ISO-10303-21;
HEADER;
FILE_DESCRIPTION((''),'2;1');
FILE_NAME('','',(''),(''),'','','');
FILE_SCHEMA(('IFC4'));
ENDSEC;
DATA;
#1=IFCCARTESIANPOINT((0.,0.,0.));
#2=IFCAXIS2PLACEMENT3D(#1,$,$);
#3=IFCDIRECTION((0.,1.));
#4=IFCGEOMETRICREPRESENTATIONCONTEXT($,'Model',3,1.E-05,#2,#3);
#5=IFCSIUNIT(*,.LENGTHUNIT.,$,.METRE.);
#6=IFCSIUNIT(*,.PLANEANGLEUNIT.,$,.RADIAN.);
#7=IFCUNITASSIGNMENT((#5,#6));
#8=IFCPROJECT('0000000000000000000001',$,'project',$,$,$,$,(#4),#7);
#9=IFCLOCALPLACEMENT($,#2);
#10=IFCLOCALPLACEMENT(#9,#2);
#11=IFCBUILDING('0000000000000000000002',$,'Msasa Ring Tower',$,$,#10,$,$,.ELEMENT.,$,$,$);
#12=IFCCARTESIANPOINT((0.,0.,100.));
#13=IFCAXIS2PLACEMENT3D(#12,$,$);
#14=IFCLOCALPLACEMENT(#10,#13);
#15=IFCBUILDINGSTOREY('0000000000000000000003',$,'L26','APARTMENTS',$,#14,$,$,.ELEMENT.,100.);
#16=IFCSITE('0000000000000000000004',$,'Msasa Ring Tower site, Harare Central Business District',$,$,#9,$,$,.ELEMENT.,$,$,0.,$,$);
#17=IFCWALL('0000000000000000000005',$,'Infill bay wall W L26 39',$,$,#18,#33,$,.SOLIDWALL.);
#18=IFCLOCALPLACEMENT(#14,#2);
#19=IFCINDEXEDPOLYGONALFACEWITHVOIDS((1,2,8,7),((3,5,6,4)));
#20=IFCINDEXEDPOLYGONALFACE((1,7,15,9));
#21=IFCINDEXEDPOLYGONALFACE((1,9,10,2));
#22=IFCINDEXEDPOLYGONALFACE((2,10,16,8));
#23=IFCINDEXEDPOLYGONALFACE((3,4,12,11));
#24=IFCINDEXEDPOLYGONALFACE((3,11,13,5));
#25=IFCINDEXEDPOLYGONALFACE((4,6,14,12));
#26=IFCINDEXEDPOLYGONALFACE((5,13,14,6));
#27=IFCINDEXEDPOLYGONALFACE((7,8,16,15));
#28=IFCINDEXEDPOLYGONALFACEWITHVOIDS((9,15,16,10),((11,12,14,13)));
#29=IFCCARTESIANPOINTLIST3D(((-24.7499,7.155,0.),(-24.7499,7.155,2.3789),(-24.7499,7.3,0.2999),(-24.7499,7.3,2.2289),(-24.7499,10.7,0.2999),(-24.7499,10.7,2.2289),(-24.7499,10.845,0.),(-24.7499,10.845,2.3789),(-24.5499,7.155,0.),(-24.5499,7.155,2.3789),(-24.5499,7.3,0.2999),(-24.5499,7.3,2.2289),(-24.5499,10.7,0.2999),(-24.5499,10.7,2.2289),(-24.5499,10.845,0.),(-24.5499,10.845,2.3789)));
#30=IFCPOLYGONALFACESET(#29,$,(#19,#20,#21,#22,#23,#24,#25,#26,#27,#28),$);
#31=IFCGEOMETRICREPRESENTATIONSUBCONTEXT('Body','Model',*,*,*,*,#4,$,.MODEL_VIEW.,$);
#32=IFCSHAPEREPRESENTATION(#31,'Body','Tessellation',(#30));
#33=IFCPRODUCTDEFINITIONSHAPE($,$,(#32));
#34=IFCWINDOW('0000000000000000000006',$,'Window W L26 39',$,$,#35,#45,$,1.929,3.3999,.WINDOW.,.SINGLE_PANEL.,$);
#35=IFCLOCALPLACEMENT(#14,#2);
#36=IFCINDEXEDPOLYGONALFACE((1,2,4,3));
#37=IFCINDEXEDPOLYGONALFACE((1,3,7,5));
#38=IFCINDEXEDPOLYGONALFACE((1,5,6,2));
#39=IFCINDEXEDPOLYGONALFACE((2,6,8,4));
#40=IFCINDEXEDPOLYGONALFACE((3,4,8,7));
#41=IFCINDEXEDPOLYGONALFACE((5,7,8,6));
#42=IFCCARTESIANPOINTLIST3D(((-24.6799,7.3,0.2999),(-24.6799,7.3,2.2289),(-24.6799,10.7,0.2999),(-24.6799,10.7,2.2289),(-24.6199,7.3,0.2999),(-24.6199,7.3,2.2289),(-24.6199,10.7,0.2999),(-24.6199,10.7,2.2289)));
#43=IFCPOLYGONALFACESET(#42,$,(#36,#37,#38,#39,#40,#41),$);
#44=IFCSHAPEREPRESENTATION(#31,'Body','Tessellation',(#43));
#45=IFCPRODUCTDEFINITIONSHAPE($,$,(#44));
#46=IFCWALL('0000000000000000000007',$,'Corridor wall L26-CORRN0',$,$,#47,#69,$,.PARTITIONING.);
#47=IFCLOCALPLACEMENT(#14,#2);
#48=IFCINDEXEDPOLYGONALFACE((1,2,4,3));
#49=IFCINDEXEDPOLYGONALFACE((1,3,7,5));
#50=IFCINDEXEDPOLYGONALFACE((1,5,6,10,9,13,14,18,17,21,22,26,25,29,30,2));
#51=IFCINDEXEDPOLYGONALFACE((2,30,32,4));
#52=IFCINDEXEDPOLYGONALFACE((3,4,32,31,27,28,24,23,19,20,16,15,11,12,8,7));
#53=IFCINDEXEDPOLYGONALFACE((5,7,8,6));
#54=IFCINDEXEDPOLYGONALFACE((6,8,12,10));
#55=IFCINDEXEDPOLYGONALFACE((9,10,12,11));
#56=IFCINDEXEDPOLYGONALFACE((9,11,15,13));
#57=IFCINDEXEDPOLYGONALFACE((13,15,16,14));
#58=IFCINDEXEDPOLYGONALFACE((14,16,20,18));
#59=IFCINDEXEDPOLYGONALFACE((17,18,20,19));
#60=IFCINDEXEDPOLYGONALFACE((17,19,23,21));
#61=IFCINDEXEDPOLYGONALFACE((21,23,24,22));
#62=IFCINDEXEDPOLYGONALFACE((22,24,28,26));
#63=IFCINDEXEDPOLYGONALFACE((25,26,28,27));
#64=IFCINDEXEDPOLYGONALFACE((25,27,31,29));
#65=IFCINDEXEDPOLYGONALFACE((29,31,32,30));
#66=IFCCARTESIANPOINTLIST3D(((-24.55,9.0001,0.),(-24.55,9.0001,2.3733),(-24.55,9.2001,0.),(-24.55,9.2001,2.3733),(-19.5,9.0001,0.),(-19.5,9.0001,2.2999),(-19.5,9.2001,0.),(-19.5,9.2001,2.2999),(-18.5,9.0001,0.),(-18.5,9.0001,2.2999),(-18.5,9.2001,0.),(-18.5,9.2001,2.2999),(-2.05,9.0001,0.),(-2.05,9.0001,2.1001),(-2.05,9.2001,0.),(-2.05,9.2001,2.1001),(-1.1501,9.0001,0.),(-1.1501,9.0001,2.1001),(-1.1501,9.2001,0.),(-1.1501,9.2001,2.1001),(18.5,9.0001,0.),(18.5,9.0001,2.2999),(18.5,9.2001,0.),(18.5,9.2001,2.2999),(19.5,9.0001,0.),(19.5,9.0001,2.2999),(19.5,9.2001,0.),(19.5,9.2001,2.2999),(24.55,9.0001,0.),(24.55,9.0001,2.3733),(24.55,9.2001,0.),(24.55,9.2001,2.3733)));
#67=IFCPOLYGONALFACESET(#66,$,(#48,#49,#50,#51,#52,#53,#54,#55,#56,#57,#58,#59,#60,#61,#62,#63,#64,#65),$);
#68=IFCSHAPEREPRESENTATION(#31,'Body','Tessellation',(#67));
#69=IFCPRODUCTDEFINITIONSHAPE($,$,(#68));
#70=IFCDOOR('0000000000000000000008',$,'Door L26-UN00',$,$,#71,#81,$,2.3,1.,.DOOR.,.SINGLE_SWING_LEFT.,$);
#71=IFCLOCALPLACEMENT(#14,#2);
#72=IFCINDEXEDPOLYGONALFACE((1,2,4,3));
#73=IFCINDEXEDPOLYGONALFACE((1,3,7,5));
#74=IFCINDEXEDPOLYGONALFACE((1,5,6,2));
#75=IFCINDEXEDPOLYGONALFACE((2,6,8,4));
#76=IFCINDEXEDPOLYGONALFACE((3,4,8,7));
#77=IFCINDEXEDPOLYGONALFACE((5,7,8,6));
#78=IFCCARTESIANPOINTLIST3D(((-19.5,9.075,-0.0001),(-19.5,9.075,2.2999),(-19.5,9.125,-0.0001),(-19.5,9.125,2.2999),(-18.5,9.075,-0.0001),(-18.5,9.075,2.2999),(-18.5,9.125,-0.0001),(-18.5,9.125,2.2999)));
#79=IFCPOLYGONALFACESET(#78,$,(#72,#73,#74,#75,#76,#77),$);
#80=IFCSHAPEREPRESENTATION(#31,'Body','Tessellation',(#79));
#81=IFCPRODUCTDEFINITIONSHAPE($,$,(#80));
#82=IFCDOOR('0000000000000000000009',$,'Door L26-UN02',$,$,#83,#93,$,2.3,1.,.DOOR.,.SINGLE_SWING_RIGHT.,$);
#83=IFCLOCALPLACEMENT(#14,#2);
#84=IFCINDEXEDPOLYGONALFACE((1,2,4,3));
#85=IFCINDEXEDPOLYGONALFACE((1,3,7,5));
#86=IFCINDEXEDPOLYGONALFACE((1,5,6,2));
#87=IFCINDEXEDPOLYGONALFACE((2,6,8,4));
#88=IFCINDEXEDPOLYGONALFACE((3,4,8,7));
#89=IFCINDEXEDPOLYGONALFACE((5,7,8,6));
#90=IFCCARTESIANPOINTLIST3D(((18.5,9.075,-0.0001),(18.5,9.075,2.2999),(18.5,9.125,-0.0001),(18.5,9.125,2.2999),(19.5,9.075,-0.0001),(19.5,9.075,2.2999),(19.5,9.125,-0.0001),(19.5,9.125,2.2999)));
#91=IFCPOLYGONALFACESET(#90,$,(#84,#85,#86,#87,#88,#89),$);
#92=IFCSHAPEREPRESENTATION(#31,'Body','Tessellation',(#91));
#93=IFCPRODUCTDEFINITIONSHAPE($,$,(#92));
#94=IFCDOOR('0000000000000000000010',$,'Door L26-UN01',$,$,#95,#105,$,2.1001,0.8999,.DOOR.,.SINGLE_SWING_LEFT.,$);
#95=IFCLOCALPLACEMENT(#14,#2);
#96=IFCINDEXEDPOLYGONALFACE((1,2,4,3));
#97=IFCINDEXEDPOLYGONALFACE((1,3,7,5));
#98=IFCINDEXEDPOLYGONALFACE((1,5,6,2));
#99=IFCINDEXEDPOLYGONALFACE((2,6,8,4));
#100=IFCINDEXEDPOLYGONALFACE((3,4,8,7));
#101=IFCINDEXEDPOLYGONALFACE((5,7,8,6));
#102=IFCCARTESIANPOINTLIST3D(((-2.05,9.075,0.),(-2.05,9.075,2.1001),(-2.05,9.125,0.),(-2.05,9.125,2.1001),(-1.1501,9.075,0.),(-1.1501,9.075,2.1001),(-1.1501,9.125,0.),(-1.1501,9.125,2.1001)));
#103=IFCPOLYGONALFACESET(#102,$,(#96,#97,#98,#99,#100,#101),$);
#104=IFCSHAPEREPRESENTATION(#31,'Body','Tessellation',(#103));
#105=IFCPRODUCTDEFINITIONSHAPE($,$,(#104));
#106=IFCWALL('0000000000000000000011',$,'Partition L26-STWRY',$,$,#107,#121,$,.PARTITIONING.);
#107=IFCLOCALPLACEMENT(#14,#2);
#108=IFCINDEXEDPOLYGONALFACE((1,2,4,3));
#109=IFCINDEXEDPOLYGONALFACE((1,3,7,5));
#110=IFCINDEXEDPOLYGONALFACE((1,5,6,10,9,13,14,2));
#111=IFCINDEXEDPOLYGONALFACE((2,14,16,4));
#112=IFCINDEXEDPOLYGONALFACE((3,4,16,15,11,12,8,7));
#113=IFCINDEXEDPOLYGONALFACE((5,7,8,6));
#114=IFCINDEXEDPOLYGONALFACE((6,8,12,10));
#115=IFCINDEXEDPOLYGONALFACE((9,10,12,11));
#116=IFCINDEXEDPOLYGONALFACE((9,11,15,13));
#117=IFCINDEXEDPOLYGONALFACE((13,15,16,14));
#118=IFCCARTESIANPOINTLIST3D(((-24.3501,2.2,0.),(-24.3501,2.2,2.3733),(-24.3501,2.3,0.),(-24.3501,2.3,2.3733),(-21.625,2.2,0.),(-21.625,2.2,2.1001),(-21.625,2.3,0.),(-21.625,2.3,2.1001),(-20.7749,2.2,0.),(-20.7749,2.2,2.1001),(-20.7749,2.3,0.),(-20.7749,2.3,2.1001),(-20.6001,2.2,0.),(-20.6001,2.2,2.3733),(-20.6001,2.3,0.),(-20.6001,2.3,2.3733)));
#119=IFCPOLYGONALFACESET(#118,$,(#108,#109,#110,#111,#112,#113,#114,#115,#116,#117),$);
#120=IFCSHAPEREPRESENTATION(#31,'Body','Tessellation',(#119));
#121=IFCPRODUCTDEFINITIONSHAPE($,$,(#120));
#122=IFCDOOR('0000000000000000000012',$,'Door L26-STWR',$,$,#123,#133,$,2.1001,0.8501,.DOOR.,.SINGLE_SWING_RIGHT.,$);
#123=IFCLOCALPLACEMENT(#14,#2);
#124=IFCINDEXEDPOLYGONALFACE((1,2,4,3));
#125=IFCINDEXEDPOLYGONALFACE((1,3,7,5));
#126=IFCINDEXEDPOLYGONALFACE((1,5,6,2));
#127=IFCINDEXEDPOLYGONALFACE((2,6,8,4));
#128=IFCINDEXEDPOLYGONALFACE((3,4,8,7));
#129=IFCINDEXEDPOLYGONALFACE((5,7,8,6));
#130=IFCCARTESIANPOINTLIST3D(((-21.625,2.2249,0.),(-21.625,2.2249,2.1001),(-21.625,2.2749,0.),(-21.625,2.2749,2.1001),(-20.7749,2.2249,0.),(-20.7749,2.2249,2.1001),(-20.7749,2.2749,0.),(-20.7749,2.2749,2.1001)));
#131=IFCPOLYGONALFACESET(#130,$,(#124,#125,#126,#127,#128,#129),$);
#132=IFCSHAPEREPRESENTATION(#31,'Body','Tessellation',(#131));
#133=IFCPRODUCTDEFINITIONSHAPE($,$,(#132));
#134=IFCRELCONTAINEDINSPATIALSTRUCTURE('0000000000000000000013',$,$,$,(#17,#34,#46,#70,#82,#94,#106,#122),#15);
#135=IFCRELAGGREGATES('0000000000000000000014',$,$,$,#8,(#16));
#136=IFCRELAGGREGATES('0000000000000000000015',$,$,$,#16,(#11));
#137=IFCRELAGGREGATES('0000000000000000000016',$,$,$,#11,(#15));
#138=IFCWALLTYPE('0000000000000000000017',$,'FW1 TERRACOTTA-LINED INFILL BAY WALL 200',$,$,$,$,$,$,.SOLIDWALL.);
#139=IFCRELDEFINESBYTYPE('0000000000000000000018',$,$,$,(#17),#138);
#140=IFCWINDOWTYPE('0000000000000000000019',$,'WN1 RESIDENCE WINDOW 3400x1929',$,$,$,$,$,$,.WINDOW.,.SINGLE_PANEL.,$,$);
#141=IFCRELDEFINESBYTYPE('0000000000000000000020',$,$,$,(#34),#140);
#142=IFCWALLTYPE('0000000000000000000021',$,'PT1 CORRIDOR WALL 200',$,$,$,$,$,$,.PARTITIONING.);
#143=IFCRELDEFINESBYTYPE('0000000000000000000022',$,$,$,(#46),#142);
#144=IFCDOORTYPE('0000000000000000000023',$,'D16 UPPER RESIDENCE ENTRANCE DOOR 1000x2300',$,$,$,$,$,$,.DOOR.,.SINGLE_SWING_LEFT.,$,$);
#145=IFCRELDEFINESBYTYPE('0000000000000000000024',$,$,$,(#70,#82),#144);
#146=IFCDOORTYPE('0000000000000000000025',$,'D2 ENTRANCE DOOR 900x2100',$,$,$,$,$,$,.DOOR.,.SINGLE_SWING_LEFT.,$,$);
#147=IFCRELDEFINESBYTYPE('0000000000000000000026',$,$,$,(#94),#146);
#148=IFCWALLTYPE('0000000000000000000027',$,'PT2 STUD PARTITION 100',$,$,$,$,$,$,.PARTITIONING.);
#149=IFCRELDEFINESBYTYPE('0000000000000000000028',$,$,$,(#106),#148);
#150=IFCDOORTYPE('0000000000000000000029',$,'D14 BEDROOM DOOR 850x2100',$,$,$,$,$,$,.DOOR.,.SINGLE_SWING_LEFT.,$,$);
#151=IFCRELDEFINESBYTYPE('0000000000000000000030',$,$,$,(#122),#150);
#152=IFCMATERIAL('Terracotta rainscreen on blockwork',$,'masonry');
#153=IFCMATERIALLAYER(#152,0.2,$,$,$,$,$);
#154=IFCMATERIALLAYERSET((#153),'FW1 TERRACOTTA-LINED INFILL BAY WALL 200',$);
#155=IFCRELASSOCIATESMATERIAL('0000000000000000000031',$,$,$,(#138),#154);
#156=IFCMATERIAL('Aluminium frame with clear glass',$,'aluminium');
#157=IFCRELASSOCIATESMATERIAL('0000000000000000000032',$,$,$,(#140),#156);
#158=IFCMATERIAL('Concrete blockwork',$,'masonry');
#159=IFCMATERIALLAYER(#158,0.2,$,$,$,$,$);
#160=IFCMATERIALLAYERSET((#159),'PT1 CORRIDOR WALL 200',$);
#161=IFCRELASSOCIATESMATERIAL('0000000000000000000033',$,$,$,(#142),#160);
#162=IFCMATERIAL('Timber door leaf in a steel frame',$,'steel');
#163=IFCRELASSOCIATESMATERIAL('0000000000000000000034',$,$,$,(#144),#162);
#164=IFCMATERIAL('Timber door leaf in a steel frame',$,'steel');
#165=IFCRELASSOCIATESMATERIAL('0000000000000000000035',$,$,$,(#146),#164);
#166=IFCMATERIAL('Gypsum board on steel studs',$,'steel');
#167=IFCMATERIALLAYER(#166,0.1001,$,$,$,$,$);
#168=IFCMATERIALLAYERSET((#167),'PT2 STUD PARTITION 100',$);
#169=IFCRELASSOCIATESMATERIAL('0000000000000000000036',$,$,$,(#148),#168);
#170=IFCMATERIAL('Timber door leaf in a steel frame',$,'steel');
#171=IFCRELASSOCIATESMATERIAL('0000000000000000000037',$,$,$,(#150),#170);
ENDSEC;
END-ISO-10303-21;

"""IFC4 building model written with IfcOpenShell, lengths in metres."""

from ifc_helpers import new_model, si_unit, direction, frame, frame_2d, origin, place, context, subcontext, project, spatial, rectangle, extrude, material, layer, layer_set, type_object, element, fill, save


model = new_model("IFC4")

# Units and contexts
model_context = context("Model", 3, precision=1e-05, world=origin(), true_north=direction((0.0, 1.0)))
body_context = subcontext(model_context, "Body", "Model", "MODEL_VIEW")
ifc_project = project(units=[si_unit("LENGTHUNIT", "METRE"), si_unit("PLANEANGLEUNIT", "RADIAN")], contexts=[model_context])

# Site, building, storey
site_placement = place(None, origin())
site = spatial("IfcSite", under=ifc_project, at=site_placement, Name="Msasa Ring Tower site, Harare Central Business District", CompositionType="ELEMENT", RefElevation=0.0)
building_placement = place(site_placement, origin())
building = spatial("IfcBuilding", under=site, at=building_placement, Name="Msasa Ring Tower", CompositionType="ELEMENT")
storey_placement = place(building_placement, frame((0.0, 0.0, 100.0)))
storey = spatial("IfcBuildingStorey", under=building, at=storey_placement, Name="L26", Description="APARTMENTS", CompositionType="ELEMENT", Elevation=100.0)

# Wall, opening, window
ifc_material_1 = material(Name="Terracotta rainscreen on blockwork", Category="masonry")
ifc_layer_1 = layer(ifc_material_1, 0.2)
ifc_layer_set_1 = layer_set([ifc_layer_1], Name="FW1 TERRACOTTA-LINED INFILL BAY WALL 200")
wall_type_1 = type_object("IfcWallType", Name="FW1 TERRACOTTA-LINED INFILL BAY WALL 200", PredefinedType="SOLIDWALL", material=ifc_layer_set_1)
ifc_material_2 = material(Name="Aluminium frame with clear glass", Category="aluminium")
window_type = type_object("IfcWindowType", Name="WN1 RESIDENCE WINDOW 3400x1929", PartitioningType="SINGLE_PANEL", PredefinedType="WINDOW", material=ifc_material_2)
wall_1_placement = place(storey_placement, frame((-24.6499, 7.155, 0.0), z_axis=(0.0, 0.0, 1.0), x_axis=(0.0, 1.0, 0.0)))
wall_1 = element("IfcWall", 1, at=wall_1_placement, inside=storey, type_object=wall_type_1, Name="Infill bay wall W L26 39", PredefinedType="SOLIDWALL", context=body_context, shape_type="SweptSolid", body=[
    extrude(rectangle(XDim=3.6899, YDim=0.2, at=frame_2d((1.845, 0.0))), origin(), (0.0, 0.0, 1.0), 2.3789),
])
opening_1_placement = place(wall_1_placement, frame((0.145, 0.0, 0.3)))
opening_1 = element("IfcOpeningElement", 2, at=opening_1_placement, cuts=wall_1, PredefinedType="OPENING", context=body_context, shape_type="SweptSolid", body=[
    extrude(rectangle(XDim=3.3999, YDim=1.929, at=frame_2d((1.7, 0.9644))), frame((0.0, 0.1099, 0.0), z_axis=(0.0, -1.0, 0.0), x_axis=(1.0, 0.0, 0.0)), (0.0, 0.0, 1.0), 0.22),
])
window_1_placement = place(opening_1_placement, origin())
window_1 = element("IfcWindow", 3, at=window_1_placement, inside=storey, type_object=window_type, Name="Window W L26 39", OverallHeight=1.929, OverallWidth=3.3999, PartitioningType="SINGLE_PANEL", PredefinedType="WINDOW", context=body_context, shape_type="SweptSolid", body=[
    extrude(rectangle(XDim=3.3999, YDim=1.929, at=frame_2d((1.7, 0.9644))), frame((0.0, 0.03, 0.0), z_axis=(0.0, -1.0, 0.0), x_axis=(1.0, 0.0, 0.0)), (0.0, 0.0, 1.0), 0.0601),
])
fill(opening_1, window_1)

# Wall, openings, doors
ifc_material_3 = material(Name="Concrete blockwork", Category="masonry")
ifc_layer_2 = layer(ifc_material_3, 0.2)
ifc_layer_set_2 = layer_set([ifc_layer_2], Name="PT1 CORRIDOR WALL 200")
wall_type_2 = type_object("IfcWallType", Name="PT1 CORRIDOR WALL 200", PredefinedType="PARTITIONING", material=ifc_layer_set_2)
wall_2_placement = place(storey_placement, frame((-24.55, 9.1001, 0.0), z_axis=(0.0, 0.0, 1.0), x_axis=(1.0, 0.0, 0.0)))
wall_2 = element("IfcWall", 4, at=wall_2_placement, inside=storey, type_object=wall_type_2, Name="Corridor wall L26-CORRN0", PredefinedType="PARTITIONING", context=body_context, shape_type="SweptSolid", body=[
    extrude(rectangle(XDim=49.1001, YDim=0.2, at=frame_2d((24.55, 0.0))), origin(), (0.0, 0.0, 1.0), 2.3733),
])
opening_2_placement = place(wall_2_placement, frame((5.05, 0.0, 0.0)))
opening_2 = element("IfcOpeningElement", 5, at=opening_2_placement, cuts=wall_2, PredefinedType="OPENING", context=body_context, shape_type="SweptSolid", body=[
    extrude(rectangle(XDim=1.0, YDim=2.3, at=frame_2d((0.5, 1.1499))), frame((0.0, 0.1099, 0.0), z_axis=(0.0, -1.0, 0.0), x_axis=(1.0, 0.0, 0.0)), (0.0, 0.0, 1.0), 0.22),
])
opening_3_placement = place(wall_2_placement, frame((22.5, 0.0, 0.0)))
opening_3 = element("IfcOpeningElement", 6, at=opening_3_placement, cuts=wall_2, PredefinedType="OPENING", context=body_context, shape_type="SweptSolid", body=[
    extrude(rectangle(XDim=0.8999, YDim=2.1001, at=frame_2d((0.45, 1.05))), frame((0.0, 0.1099, 0.0), z_axis=(0.0, -1.0, 0.0), x_axis=(1.0, 0.0, 0.0)), (0.0, 0.0, 1.0), 0.22),
])
opening_4_placement = place(wall_2_placement, frame((43.05, 0.0, 0.0)))
opening_4 = element("IfcOpeningElement", 7, at=opening_4_placement, cuts=wall_2, PredefinedType="OPENING", context=body_context, shape_type="SweptSolid", body=[
    extrude(rectangle(XDim=1.0, YDim=2.3, at=frame_2d((0.5, 1.1499))), frame((0.0, 0.1099, 0.0), z_axis=(0.0, -1.0, 0.0), x_axis=(1.0, 0.0, 0.0)), (0.0, 0.0, 1.0), 0.22),
])
ifc_material_4 = material(Name="Timber door leaf in a steel frame", Category="steel")
door_type_1 = type_object("IfcDoorType", Name="D16 UPPER RESIDENCE ENTRANCE DOOR 1000x2300", OperationType="SINGLE_SWING_LEFT", PredefinedType="DOOR", material=ifc_material_4)
door_1_placement = place(opening_2_placement, origin())
door_1 = element("IfcDoor", 8, at=door_1_placement, inside=storey, type_object=door_type_1, Name="Door L26-UN00", OperationType="SINGLE_SWING_LEFT", OverallHeight=2.3, OverallWidth=1.0, PredefinedType="DOOR", context=body_context, shape_type="SweptSolid", body=[
    extrude(rectangle(XDim=1.0, YDim=2.3, at=frame_2d((0.5, 1.1499))), frame((0.0, 0.0249, 0.0), z_axis=(0.0, -1.0, 0.0), x_axis=(1.0, 0.0, 0.0)), (0.0, 0.0, 1.0), 0.05),
])
fill(opening_2, door_1)
door_2_placement = place(opening_4_placement, origin())
door_2 = element("IfcDoor", 9, at=door_2_placement, inside=storey, type_object=door_type_1, Name="Door L26-UN02", OperationType="SINGLE_SWING_RIGHT", OverallHeight=2.3, OverallWidth=1.0, PredefinedType="DOOR", context=body_context, shape_type="SweptSolid", body=[
    extrude(rectangle(XDim=1.0, YDim=2.3, at=frame_2d((0.5, 1.1499))), frame((0.0, 0.0249, 0.0), z_axis=(0.0, -1.0, 0.0), x_axis=(1.0, 0.0, 0.0)), (0.0, 0.0, 1.0), 0.05),
])
fill(opening_4, door_2)
ifc_material_5 = material(Name="Timber door leaf in a steel frame", Category="steel")
door_type_2 = type_object("IfcDoorType", Name="D2 ENTRANCE DOOR 900x2100", OperationType="SINGLE_SWING_LEFT", PredefinedType="DOOR", material=ifc_material_5)
door_3_placement = place(opening_3_placement, origin())
door_3 = element("IfcDoor", 10, at=door_3_placement, inside=storey, type_object=door_type_2, Name="Door L26-UN01", OperationType="SINGLE_SWING_LEFT", OverallHeight=2.1001, OverallWidth=0.8999, PredefinedType="DOOR", context=body_context, shape_type="SweptSolid", body=[
    extrude(rectangle(XDim=0.8999, YDim=2.1001, at=frame_2d((0.45, 1.05))), frame((0.0, 0.0249, 0.0), z_axis=(0.0, -1.0, 0.0), x_axis=(1.0, 0.0, 0.0)), (0.0, 0.0, 1.0), 0.05),
])
fill(opening_3, door_3)

# Wall, opening, door
ifc_material_6 = material(Name="Gypsum board on steel studs", Category="steel")
ifc_layer_3 = layer(ifc_material_6, 0.1001)
ifc_layer_set_3 = layer_set([ifc_layer_3], Name="PT2 STUD PARTITION 100")
wall_type_3 = type_object("IfcWallType", Name="PT2 STUD PARTITION 100", PredefinedType="PARTITIONING", material=ifc_layer_set_3)
wall_3_placement = place(storey_placement, frame((-24.3501, 2.25, 0.0), z_axis=(0.0, 0.0, 1.0), x_axis=(1.0, 0.0, 0.0)))
wall_3 = element("IfcWall", 11, at=wall_3_placement, inside=storey, type_object=wall_type_3, Name="Partition L26-STWRY", PredefinedType="PARTITIONING", context=body_context, shape_type="SweptSolid", body=[
    extrude(rectangle(XDim=3.75, YDim=0.1001, at=frame_2d((1.875, 0.0))), origin(), (0.0, 0.0, 1.0), 2.3733),
])
opening_5_placement = place(wall_3_placement, frame((2.7251, 0.0, 0.0)))
opening_5 = element("IfcOpeningElement", 12, at=opening_5_placement, cuts=wall_3, PredefinedType="OPENING", context=body_context, shape_type="SweptSolid", body=[
    extrude(rectangle(XDim=0.8501, YDim=2.1001, at=frame_2d((0.425, 1.05))), frame((0.0, 0.0601, 0.0), z_axis=(0.0, -1.0, 0.0), x_axis=(1.0, 0.0, 0.0)), (0.0, 0.0, 1.0), 0.1201),
])
ifc_material_7 = material(Name="Timber door leaf in a steel frame", Category="steel")
door_type_3 = type_object("IfcDoorType", Name="D14 BEDROOM DOOR 850x2100", OperationType="SINGLE_SWING_LEFT", PredefinedType="DOOR", material=ifc_material_7)
door_4_placement = place(opening_5_placement, origin())
door_4 = element("IfcDoor", 13, at=door_4_placement, inside=storey, type_object=door_type_3, Name="Door L26-STWR", OperationType="SINGLE_SWING_RIGHT", OverallHeight=2.1001, OverallWidth=0.8501, PredefinedType="DOOR", context=body_context, shape_type="SweptSolid", body=[
    extrude(rectangle(XDim=0.8501, YDim=2.1001, at=frame_2d((0.425, 1.05))), frame((0.0, 0.0249, 0.0), z_axis=(0.0, -1.0, 0.0), x_axis=(1.0, 0.0, 0.0)), (0.0, 0.0, 1.0), 0.05),
])
fill(opening_5, door_4)

save(model, "model.ifc")
